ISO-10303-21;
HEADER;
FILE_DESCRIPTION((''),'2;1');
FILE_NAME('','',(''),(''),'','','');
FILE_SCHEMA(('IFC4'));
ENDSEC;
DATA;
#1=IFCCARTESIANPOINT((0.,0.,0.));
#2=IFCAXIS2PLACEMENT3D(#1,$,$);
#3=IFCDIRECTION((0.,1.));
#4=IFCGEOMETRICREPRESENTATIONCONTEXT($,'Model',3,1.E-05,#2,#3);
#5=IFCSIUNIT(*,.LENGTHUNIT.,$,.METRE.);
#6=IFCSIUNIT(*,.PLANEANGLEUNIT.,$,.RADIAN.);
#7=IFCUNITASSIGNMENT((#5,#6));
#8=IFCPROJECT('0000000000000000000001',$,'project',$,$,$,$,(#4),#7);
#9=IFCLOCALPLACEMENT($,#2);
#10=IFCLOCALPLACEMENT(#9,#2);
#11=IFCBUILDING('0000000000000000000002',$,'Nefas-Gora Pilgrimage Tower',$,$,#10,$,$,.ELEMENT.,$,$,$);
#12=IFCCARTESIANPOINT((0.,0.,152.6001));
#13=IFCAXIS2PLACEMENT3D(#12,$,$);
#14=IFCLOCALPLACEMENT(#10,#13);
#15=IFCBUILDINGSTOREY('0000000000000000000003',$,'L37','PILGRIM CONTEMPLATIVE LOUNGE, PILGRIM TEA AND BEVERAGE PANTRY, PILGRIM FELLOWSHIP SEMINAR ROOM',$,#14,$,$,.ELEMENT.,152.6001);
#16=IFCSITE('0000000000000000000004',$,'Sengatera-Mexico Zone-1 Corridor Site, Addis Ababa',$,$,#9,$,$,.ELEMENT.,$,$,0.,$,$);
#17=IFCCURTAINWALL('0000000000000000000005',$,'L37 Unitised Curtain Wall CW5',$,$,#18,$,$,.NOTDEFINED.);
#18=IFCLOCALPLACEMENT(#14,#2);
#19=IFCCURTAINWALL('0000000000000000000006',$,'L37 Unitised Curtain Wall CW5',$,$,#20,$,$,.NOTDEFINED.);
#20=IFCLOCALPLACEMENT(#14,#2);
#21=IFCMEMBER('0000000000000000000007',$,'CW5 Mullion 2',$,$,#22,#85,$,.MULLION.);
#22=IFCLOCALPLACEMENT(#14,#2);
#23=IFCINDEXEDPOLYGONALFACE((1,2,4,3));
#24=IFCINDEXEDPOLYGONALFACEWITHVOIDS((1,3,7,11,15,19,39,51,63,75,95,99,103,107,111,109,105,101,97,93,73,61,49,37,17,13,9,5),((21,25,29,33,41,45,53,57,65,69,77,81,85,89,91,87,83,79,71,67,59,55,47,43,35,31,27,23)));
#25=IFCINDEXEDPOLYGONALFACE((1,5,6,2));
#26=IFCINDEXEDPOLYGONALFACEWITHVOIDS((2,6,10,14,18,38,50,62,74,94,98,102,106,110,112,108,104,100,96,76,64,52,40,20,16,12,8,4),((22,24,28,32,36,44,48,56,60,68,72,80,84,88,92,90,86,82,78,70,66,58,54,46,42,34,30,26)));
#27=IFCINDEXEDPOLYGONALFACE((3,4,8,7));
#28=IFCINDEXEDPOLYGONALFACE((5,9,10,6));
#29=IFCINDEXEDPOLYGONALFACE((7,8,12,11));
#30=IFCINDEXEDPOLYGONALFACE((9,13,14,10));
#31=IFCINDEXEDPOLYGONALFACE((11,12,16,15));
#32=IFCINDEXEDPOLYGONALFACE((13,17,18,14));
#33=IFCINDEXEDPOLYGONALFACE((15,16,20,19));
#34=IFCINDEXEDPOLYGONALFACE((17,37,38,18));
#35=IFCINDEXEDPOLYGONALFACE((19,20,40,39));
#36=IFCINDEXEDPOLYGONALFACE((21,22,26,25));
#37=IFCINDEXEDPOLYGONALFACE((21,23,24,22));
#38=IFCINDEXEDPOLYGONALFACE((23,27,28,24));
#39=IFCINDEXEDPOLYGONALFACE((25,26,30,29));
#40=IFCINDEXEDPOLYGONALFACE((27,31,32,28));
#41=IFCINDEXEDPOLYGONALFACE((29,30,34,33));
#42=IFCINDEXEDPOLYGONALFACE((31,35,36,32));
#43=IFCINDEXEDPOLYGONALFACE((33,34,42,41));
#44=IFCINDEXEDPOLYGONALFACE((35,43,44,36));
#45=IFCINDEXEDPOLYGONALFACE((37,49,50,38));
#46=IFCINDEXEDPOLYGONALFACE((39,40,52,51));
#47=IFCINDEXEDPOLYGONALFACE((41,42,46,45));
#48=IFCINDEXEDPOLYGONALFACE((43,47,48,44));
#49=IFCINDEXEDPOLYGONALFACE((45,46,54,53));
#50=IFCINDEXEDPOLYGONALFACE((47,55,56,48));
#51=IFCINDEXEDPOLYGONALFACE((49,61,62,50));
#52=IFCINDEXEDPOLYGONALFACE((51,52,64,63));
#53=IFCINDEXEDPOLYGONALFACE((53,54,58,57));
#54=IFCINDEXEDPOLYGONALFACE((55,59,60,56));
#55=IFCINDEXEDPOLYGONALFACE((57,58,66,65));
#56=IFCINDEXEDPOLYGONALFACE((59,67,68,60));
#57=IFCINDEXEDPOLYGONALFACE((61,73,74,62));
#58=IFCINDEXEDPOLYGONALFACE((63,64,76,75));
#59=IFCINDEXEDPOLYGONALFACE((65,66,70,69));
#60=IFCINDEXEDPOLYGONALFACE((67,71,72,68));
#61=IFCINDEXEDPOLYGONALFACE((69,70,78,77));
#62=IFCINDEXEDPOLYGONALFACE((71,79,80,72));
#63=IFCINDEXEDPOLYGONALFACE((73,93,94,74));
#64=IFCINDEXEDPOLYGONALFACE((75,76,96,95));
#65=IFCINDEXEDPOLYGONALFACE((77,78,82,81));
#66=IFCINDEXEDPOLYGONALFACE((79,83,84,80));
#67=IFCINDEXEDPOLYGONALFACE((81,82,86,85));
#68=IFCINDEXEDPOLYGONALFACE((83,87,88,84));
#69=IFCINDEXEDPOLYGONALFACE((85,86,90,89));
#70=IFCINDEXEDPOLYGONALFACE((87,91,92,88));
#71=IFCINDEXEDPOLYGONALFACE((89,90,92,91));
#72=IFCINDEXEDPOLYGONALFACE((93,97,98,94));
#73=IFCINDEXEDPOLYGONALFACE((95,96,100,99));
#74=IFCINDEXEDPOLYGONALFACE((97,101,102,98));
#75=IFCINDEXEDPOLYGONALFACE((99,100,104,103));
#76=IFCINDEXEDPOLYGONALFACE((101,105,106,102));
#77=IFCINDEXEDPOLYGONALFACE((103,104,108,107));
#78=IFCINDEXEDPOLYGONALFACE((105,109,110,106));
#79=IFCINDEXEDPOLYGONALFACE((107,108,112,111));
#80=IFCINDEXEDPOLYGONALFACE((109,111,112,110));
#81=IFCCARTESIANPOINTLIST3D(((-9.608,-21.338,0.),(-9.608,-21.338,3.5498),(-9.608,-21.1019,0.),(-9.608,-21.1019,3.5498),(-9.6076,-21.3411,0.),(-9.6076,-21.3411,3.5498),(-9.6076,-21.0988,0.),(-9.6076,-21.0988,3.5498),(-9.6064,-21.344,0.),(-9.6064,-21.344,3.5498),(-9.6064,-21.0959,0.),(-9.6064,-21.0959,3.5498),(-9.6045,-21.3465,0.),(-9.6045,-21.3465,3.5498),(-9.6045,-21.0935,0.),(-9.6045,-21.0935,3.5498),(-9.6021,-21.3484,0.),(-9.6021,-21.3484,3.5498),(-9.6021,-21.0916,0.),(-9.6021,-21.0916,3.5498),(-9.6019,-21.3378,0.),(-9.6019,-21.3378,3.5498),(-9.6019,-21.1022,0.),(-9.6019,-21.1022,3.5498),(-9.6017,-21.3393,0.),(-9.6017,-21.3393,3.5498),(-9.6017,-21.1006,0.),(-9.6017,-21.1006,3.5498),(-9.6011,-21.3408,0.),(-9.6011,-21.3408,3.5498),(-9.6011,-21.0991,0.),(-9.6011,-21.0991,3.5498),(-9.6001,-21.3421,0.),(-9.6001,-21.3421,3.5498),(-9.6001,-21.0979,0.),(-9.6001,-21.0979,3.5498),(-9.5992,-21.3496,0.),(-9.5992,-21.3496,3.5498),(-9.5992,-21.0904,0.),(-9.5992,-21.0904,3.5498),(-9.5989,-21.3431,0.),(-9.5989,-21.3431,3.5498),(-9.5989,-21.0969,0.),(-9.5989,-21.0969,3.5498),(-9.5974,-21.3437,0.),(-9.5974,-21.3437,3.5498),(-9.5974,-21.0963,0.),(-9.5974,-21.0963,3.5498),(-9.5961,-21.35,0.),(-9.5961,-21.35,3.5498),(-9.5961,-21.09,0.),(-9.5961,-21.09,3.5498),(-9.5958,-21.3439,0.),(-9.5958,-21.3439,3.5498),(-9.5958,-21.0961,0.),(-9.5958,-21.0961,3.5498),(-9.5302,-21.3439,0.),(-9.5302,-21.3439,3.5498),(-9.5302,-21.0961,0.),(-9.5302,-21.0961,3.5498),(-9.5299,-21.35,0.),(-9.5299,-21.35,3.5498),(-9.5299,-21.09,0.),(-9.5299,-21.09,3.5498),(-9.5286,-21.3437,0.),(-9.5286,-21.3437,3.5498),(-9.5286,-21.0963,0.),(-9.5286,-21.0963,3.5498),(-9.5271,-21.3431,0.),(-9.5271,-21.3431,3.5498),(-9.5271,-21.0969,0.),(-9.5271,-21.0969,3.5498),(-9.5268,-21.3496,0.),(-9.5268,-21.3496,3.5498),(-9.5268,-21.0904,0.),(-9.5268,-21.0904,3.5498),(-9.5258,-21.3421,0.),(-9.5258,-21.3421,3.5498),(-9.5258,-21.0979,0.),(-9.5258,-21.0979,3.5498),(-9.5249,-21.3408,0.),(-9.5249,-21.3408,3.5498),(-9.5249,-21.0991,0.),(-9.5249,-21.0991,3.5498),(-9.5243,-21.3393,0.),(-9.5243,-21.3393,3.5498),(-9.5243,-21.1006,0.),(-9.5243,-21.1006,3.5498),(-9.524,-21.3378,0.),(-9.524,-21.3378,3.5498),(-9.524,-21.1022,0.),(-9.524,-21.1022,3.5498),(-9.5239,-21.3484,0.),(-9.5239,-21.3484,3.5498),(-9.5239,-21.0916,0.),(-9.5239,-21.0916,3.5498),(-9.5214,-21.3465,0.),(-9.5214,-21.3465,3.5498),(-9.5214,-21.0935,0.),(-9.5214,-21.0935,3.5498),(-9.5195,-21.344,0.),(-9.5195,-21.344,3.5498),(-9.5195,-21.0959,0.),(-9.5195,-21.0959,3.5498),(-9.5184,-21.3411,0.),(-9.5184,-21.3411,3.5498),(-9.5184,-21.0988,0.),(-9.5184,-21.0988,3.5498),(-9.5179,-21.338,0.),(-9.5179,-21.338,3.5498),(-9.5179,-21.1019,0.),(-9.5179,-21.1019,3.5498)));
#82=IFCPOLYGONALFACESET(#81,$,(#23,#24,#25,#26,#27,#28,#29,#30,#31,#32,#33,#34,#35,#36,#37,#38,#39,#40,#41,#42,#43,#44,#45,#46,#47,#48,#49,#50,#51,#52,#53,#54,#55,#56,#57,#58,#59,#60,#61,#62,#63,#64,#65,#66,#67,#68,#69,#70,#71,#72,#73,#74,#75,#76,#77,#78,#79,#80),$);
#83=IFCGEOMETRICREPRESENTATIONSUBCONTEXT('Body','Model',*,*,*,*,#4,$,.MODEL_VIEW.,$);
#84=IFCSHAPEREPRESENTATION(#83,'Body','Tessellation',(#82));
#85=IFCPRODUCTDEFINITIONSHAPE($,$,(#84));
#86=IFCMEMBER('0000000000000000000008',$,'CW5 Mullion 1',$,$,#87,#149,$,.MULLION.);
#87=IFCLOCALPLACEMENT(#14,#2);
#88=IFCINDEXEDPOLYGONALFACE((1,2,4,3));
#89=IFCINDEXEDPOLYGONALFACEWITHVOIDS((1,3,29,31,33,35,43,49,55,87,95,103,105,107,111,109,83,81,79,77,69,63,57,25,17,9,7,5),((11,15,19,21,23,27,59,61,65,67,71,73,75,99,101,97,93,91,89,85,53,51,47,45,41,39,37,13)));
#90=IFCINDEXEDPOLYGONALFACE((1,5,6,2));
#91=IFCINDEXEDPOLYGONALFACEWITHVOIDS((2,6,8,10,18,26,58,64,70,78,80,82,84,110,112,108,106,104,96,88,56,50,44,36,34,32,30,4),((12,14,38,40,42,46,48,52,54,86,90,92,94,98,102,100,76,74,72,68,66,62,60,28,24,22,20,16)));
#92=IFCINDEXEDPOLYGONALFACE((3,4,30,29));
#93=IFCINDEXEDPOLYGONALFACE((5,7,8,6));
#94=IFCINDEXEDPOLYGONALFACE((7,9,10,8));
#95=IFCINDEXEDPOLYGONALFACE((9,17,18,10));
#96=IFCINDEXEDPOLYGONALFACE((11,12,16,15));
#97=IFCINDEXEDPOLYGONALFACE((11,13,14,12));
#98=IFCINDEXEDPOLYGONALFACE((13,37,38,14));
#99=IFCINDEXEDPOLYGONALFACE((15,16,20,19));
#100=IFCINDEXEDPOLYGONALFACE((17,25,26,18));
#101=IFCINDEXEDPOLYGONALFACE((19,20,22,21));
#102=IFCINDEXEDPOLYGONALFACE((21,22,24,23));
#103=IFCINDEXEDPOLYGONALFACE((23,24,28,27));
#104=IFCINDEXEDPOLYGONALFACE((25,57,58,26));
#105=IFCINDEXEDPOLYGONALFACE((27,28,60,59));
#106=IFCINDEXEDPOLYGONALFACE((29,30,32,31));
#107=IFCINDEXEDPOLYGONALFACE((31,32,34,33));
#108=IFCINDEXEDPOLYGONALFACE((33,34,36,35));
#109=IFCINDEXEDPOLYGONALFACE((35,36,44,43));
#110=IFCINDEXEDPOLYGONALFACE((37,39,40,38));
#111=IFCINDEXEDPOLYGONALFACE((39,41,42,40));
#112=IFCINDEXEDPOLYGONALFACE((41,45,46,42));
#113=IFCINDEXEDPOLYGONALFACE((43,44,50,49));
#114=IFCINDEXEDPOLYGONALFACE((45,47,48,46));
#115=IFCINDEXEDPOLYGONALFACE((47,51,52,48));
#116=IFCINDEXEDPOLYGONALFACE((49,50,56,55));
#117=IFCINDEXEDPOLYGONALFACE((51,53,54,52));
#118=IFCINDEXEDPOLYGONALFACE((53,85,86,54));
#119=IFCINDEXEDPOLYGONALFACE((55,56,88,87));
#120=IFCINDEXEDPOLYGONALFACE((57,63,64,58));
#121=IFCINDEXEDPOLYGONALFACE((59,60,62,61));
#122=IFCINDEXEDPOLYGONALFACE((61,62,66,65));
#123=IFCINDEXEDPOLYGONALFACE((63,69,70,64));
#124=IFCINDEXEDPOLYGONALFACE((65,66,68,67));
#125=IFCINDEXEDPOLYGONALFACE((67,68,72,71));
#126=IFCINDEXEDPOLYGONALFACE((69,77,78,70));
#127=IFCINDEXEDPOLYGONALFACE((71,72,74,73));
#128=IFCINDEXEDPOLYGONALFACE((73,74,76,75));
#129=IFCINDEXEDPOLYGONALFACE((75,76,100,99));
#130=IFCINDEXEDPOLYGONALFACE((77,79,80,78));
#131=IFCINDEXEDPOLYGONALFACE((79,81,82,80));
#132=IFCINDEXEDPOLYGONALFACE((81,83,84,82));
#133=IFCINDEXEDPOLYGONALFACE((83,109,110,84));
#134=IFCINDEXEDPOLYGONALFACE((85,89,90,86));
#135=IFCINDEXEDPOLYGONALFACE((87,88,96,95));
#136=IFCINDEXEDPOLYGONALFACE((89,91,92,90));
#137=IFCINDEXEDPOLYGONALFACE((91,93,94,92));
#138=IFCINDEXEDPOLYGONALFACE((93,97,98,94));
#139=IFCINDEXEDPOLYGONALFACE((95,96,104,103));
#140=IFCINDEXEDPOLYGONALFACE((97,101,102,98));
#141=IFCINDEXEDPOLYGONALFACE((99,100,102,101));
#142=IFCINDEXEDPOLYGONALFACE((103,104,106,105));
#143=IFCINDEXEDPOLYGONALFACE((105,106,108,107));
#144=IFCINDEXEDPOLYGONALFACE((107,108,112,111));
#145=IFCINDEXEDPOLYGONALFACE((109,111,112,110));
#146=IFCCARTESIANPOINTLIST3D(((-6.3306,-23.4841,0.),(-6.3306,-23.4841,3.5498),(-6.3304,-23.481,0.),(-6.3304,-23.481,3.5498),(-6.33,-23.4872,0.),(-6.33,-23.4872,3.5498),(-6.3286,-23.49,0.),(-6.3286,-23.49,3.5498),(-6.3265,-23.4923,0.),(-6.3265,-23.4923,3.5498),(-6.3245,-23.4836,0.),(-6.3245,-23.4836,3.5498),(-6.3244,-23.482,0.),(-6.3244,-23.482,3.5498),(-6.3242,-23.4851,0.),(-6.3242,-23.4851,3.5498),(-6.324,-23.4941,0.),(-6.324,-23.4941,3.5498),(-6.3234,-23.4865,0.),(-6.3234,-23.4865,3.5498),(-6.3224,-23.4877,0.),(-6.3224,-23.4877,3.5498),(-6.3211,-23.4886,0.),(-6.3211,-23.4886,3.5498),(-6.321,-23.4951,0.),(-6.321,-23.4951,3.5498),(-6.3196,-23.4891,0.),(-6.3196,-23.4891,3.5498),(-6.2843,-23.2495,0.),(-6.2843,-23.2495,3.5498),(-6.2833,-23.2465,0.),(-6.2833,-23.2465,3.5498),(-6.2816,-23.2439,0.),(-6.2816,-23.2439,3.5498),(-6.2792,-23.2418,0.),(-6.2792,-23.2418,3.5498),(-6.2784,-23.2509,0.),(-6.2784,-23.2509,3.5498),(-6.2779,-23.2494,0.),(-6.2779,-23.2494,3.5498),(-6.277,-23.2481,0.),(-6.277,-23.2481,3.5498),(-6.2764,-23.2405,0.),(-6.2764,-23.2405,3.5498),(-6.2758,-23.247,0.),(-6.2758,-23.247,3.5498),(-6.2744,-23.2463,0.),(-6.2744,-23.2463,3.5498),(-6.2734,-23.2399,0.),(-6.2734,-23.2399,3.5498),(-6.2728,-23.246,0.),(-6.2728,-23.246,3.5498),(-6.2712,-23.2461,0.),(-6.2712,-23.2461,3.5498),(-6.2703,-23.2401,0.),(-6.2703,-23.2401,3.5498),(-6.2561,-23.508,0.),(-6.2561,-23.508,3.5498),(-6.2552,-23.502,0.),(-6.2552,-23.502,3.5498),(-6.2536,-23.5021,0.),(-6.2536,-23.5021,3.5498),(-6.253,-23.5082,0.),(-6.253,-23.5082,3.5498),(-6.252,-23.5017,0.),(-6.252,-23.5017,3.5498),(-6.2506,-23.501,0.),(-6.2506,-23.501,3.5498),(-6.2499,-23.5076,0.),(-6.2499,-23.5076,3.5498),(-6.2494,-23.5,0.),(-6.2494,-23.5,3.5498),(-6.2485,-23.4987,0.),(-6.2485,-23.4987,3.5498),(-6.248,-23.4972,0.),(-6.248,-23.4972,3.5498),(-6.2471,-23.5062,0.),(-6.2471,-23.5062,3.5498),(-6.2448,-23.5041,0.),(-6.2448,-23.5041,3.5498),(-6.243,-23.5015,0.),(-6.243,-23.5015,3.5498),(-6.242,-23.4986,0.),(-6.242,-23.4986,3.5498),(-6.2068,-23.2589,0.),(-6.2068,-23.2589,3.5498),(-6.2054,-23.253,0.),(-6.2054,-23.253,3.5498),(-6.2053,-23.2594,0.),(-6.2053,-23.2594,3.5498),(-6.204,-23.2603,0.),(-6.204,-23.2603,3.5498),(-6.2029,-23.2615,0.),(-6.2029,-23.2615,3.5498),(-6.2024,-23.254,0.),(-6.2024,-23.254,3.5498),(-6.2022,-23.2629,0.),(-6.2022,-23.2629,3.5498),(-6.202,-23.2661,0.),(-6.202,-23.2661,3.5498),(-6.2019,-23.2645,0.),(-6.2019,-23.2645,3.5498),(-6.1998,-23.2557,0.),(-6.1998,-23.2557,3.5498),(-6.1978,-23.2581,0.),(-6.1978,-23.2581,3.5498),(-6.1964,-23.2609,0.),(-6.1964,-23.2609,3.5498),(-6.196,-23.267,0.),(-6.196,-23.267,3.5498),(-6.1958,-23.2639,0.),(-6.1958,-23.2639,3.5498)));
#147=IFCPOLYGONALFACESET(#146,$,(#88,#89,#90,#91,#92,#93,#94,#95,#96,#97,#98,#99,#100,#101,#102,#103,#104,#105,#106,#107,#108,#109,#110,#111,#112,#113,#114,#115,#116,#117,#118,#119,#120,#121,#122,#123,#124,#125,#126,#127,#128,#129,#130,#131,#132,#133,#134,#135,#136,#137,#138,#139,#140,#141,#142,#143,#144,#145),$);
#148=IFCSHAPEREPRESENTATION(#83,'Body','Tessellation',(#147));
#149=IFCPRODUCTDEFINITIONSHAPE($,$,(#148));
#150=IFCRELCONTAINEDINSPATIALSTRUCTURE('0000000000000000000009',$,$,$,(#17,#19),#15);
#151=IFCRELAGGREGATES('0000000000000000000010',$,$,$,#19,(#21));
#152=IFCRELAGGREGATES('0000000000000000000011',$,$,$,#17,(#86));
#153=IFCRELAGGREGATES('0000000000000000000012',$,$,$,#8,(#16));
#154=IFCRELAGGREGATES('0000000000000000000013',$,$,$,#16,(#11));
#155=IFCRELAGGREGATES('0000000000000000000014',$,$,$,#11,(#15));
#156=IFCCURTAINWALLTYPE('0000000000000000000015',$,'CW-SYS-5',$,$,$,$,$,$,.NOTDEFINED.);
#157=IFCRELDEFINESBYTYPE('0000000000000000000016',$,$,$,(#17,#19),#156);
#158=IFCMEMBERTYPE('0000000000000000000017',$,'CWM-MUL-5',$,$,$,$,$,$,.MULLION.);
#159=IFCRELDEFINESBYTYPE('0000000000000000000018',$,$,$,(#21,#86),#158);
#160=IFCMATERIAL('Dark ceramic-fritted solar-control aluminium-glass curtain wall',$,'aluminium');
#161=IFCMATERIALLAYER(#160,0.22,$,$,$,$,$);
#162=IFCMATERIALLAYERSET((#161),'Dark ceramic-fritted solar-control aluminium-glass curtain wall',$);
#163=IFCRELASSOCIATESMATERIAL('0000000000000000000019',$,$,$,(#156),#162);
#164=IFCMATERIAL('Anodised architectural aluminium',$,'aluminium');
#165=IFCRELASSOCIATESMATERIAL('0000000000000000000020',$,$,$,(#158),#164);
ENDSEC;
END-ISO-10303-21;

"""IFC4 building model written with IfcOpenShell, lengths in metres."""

from ifc_helpers import new_model, si_unit, direction, frame, origin, origin_2d, place, context, subcontext, project, spatial, hollow_rectangle, extrude, source, transform, mapped, material, layer, layer_set, material_profile, profile_set, type_object, element, aggregate, save


model = new_model("IFC4")

# Units and contexts
model_context = context("Model", 3, precision=1e-05, world=origin(), true_north=direction((0.0, 1.0)))
body_context = subcontext(model_context, "Body", "Model", "MODEL_VIEW")
ifc_project = project(units=[si_unit("LENGTHUNIT", "METRE"), si_unit("PLANEANGLEUNIT", "RADIAN")], contexts=[model_context])

# Site, building, storey
site_placement = place(None, origin())
site = spatial("IfcSite", under=ifc_project, at=site_placement, Name="Sengatera-Mexico Zone-1 Corridor Site, Addis Ababa", CompositionType="ELEMENT", RefElevation=0.0)
building_placement = place(site_placement, origin())
building = spatial("IfcBuilding", under=site, at=building_placement, Name="Nefas-Gora Pilgrimage Tower", CompositionType="ELEMENT")
storey_placement = place(building_placement, frame((0.0, 0.0, 152.6001)))
storey = spatial("IfcBuildingStorey", under=building, at=storey_placement, Name="L37", Description="PILGRIM CONTEMPLATIVE LOUNGE, PILGRIM TEA AND BEVERAGE PANTRY, PILGRIM FELLOWSHIP SEMINAR ROOM", CompositionType="ELEMENT", Elevation=152.6001)

# Curtain walls, member
ifc_material_1 = material(Name="Dark ceramic-fritted solar-control aluminium-glass curtain wall", Category="aluminium")
ifc_layer_1 = layer(ifc_material_1, 0.22)
ifc_layer_set_1 = layer_set([ifc_layer_1], Name="Dark ceramic-fritted solar-control aluminium-glass curtain wall")
curtain_wall_type = type_object("IfcCurtainWallType", Name="CW-SYS-5", PredefinedType="NOTDEFINED", material=ifc_layer_set_1)
curtain_wall_1_placement = place(storey_placement, origin())
curtain_wall_1 = element("IfcCurtainWall", 1, at=curtain_wall_1_placement, inside=storey, type_object=curtain_wall_type, Name="L37 Unitised Curtain Wall CW5", PredefinedType="NOTDEFINED")
ifc_material_2 = material(Name="Anodised architectural aluminium", Category="aluminium")
curtain_wall_2_placement = place(storey_placement, origin())
curtain_wall_2 = element("IfcCurtainWall", 2, at=curtain_wall_2_placement, inside=storey, type_object=curtain_wall_type, Name="L37 Unitised Curtain Wall CW5", PredefinedType="NOTDEFINED")
ifc_material_profile_1 = material_profile(ifc_material_2, hollow_rectangle(XDim=0.0901, YDim=0.26, WallThickness=0.0061, InnerFilletRadius=0.0061, OuterFilletRadius=0.012, at=origin_2d()), Name="ALU MULLION 90x260")
ifc_profile_set_1 = profile_set([ifc_material_profile_1], Name="Anodised architectural aluminium")
member_type_1 = type_object("IfcMemberType", Name="CWM-MUL-5", PredefinedType="MULLION", material=ifc_profile_set_1)
shared_shape_1 = source(origin(), body_context, "Body", "SweptSolid", [
    extrude(hollow_rectangle(XDim=0.0901, YDim=0.26, WallThickness=0.0061, InnerFilletRadius=0.0061, OuterFilletRadius=0.012, at=origin_2d()), origin(), (0.0, 0.0, 1.0), 3.5498),
])
member_1_placement = place(storey_placement, frame((-9.563, -21.22, 0.0), z_axis=(0.0, 0.0, 1.0), x_axis=(1.0, 0.0, 0.0)))
member_1 = element("IfcMember", 3, at=member_1_placement, type_object=member_type_1, Name="CW5 Mullion 2", PredefinedType="MULLION", context=body_context, shape_type="MappedRepresentation", body=[
    mapped(shared_shape_1, transform((0.0, 0.0, 0.0), x_axis=(1.0, 0.0, 0.0), y_axis=(0.0, 1.0, 0.0), z_axis=(0.0, 0.0, 1.0), scale=1.0)),
])
aggregate(curtain_wall_2, [member_1])

# Member
member_2_placement = place(storey_placement, frame((-6.2632, -23.374, 0.0), z_axis=(0.0, 0.0, 1.0), x_axis=(0.980783, -0.195102, 0.0)))
member_2 = element("IfcMember", 4, at=member_2_placement, type_object=member_type_1, Name="CW5 Mullion 1", PredefinedType="MULLION", context=body_context, shape_type="MappedRepresentation", body=[
    mapped(shared_shape_1, transform((0.0, 0.0, 0.0), x_axis=(1.0, 0.0, 0.0), y_axis=(0.0, 1.0, 0.0), z_axis=(0.0, 0.0, 1.0), scale=1.0)),
])

aggregate(curtain_wall_1, [member_2])

save(model, "model.ifc")
